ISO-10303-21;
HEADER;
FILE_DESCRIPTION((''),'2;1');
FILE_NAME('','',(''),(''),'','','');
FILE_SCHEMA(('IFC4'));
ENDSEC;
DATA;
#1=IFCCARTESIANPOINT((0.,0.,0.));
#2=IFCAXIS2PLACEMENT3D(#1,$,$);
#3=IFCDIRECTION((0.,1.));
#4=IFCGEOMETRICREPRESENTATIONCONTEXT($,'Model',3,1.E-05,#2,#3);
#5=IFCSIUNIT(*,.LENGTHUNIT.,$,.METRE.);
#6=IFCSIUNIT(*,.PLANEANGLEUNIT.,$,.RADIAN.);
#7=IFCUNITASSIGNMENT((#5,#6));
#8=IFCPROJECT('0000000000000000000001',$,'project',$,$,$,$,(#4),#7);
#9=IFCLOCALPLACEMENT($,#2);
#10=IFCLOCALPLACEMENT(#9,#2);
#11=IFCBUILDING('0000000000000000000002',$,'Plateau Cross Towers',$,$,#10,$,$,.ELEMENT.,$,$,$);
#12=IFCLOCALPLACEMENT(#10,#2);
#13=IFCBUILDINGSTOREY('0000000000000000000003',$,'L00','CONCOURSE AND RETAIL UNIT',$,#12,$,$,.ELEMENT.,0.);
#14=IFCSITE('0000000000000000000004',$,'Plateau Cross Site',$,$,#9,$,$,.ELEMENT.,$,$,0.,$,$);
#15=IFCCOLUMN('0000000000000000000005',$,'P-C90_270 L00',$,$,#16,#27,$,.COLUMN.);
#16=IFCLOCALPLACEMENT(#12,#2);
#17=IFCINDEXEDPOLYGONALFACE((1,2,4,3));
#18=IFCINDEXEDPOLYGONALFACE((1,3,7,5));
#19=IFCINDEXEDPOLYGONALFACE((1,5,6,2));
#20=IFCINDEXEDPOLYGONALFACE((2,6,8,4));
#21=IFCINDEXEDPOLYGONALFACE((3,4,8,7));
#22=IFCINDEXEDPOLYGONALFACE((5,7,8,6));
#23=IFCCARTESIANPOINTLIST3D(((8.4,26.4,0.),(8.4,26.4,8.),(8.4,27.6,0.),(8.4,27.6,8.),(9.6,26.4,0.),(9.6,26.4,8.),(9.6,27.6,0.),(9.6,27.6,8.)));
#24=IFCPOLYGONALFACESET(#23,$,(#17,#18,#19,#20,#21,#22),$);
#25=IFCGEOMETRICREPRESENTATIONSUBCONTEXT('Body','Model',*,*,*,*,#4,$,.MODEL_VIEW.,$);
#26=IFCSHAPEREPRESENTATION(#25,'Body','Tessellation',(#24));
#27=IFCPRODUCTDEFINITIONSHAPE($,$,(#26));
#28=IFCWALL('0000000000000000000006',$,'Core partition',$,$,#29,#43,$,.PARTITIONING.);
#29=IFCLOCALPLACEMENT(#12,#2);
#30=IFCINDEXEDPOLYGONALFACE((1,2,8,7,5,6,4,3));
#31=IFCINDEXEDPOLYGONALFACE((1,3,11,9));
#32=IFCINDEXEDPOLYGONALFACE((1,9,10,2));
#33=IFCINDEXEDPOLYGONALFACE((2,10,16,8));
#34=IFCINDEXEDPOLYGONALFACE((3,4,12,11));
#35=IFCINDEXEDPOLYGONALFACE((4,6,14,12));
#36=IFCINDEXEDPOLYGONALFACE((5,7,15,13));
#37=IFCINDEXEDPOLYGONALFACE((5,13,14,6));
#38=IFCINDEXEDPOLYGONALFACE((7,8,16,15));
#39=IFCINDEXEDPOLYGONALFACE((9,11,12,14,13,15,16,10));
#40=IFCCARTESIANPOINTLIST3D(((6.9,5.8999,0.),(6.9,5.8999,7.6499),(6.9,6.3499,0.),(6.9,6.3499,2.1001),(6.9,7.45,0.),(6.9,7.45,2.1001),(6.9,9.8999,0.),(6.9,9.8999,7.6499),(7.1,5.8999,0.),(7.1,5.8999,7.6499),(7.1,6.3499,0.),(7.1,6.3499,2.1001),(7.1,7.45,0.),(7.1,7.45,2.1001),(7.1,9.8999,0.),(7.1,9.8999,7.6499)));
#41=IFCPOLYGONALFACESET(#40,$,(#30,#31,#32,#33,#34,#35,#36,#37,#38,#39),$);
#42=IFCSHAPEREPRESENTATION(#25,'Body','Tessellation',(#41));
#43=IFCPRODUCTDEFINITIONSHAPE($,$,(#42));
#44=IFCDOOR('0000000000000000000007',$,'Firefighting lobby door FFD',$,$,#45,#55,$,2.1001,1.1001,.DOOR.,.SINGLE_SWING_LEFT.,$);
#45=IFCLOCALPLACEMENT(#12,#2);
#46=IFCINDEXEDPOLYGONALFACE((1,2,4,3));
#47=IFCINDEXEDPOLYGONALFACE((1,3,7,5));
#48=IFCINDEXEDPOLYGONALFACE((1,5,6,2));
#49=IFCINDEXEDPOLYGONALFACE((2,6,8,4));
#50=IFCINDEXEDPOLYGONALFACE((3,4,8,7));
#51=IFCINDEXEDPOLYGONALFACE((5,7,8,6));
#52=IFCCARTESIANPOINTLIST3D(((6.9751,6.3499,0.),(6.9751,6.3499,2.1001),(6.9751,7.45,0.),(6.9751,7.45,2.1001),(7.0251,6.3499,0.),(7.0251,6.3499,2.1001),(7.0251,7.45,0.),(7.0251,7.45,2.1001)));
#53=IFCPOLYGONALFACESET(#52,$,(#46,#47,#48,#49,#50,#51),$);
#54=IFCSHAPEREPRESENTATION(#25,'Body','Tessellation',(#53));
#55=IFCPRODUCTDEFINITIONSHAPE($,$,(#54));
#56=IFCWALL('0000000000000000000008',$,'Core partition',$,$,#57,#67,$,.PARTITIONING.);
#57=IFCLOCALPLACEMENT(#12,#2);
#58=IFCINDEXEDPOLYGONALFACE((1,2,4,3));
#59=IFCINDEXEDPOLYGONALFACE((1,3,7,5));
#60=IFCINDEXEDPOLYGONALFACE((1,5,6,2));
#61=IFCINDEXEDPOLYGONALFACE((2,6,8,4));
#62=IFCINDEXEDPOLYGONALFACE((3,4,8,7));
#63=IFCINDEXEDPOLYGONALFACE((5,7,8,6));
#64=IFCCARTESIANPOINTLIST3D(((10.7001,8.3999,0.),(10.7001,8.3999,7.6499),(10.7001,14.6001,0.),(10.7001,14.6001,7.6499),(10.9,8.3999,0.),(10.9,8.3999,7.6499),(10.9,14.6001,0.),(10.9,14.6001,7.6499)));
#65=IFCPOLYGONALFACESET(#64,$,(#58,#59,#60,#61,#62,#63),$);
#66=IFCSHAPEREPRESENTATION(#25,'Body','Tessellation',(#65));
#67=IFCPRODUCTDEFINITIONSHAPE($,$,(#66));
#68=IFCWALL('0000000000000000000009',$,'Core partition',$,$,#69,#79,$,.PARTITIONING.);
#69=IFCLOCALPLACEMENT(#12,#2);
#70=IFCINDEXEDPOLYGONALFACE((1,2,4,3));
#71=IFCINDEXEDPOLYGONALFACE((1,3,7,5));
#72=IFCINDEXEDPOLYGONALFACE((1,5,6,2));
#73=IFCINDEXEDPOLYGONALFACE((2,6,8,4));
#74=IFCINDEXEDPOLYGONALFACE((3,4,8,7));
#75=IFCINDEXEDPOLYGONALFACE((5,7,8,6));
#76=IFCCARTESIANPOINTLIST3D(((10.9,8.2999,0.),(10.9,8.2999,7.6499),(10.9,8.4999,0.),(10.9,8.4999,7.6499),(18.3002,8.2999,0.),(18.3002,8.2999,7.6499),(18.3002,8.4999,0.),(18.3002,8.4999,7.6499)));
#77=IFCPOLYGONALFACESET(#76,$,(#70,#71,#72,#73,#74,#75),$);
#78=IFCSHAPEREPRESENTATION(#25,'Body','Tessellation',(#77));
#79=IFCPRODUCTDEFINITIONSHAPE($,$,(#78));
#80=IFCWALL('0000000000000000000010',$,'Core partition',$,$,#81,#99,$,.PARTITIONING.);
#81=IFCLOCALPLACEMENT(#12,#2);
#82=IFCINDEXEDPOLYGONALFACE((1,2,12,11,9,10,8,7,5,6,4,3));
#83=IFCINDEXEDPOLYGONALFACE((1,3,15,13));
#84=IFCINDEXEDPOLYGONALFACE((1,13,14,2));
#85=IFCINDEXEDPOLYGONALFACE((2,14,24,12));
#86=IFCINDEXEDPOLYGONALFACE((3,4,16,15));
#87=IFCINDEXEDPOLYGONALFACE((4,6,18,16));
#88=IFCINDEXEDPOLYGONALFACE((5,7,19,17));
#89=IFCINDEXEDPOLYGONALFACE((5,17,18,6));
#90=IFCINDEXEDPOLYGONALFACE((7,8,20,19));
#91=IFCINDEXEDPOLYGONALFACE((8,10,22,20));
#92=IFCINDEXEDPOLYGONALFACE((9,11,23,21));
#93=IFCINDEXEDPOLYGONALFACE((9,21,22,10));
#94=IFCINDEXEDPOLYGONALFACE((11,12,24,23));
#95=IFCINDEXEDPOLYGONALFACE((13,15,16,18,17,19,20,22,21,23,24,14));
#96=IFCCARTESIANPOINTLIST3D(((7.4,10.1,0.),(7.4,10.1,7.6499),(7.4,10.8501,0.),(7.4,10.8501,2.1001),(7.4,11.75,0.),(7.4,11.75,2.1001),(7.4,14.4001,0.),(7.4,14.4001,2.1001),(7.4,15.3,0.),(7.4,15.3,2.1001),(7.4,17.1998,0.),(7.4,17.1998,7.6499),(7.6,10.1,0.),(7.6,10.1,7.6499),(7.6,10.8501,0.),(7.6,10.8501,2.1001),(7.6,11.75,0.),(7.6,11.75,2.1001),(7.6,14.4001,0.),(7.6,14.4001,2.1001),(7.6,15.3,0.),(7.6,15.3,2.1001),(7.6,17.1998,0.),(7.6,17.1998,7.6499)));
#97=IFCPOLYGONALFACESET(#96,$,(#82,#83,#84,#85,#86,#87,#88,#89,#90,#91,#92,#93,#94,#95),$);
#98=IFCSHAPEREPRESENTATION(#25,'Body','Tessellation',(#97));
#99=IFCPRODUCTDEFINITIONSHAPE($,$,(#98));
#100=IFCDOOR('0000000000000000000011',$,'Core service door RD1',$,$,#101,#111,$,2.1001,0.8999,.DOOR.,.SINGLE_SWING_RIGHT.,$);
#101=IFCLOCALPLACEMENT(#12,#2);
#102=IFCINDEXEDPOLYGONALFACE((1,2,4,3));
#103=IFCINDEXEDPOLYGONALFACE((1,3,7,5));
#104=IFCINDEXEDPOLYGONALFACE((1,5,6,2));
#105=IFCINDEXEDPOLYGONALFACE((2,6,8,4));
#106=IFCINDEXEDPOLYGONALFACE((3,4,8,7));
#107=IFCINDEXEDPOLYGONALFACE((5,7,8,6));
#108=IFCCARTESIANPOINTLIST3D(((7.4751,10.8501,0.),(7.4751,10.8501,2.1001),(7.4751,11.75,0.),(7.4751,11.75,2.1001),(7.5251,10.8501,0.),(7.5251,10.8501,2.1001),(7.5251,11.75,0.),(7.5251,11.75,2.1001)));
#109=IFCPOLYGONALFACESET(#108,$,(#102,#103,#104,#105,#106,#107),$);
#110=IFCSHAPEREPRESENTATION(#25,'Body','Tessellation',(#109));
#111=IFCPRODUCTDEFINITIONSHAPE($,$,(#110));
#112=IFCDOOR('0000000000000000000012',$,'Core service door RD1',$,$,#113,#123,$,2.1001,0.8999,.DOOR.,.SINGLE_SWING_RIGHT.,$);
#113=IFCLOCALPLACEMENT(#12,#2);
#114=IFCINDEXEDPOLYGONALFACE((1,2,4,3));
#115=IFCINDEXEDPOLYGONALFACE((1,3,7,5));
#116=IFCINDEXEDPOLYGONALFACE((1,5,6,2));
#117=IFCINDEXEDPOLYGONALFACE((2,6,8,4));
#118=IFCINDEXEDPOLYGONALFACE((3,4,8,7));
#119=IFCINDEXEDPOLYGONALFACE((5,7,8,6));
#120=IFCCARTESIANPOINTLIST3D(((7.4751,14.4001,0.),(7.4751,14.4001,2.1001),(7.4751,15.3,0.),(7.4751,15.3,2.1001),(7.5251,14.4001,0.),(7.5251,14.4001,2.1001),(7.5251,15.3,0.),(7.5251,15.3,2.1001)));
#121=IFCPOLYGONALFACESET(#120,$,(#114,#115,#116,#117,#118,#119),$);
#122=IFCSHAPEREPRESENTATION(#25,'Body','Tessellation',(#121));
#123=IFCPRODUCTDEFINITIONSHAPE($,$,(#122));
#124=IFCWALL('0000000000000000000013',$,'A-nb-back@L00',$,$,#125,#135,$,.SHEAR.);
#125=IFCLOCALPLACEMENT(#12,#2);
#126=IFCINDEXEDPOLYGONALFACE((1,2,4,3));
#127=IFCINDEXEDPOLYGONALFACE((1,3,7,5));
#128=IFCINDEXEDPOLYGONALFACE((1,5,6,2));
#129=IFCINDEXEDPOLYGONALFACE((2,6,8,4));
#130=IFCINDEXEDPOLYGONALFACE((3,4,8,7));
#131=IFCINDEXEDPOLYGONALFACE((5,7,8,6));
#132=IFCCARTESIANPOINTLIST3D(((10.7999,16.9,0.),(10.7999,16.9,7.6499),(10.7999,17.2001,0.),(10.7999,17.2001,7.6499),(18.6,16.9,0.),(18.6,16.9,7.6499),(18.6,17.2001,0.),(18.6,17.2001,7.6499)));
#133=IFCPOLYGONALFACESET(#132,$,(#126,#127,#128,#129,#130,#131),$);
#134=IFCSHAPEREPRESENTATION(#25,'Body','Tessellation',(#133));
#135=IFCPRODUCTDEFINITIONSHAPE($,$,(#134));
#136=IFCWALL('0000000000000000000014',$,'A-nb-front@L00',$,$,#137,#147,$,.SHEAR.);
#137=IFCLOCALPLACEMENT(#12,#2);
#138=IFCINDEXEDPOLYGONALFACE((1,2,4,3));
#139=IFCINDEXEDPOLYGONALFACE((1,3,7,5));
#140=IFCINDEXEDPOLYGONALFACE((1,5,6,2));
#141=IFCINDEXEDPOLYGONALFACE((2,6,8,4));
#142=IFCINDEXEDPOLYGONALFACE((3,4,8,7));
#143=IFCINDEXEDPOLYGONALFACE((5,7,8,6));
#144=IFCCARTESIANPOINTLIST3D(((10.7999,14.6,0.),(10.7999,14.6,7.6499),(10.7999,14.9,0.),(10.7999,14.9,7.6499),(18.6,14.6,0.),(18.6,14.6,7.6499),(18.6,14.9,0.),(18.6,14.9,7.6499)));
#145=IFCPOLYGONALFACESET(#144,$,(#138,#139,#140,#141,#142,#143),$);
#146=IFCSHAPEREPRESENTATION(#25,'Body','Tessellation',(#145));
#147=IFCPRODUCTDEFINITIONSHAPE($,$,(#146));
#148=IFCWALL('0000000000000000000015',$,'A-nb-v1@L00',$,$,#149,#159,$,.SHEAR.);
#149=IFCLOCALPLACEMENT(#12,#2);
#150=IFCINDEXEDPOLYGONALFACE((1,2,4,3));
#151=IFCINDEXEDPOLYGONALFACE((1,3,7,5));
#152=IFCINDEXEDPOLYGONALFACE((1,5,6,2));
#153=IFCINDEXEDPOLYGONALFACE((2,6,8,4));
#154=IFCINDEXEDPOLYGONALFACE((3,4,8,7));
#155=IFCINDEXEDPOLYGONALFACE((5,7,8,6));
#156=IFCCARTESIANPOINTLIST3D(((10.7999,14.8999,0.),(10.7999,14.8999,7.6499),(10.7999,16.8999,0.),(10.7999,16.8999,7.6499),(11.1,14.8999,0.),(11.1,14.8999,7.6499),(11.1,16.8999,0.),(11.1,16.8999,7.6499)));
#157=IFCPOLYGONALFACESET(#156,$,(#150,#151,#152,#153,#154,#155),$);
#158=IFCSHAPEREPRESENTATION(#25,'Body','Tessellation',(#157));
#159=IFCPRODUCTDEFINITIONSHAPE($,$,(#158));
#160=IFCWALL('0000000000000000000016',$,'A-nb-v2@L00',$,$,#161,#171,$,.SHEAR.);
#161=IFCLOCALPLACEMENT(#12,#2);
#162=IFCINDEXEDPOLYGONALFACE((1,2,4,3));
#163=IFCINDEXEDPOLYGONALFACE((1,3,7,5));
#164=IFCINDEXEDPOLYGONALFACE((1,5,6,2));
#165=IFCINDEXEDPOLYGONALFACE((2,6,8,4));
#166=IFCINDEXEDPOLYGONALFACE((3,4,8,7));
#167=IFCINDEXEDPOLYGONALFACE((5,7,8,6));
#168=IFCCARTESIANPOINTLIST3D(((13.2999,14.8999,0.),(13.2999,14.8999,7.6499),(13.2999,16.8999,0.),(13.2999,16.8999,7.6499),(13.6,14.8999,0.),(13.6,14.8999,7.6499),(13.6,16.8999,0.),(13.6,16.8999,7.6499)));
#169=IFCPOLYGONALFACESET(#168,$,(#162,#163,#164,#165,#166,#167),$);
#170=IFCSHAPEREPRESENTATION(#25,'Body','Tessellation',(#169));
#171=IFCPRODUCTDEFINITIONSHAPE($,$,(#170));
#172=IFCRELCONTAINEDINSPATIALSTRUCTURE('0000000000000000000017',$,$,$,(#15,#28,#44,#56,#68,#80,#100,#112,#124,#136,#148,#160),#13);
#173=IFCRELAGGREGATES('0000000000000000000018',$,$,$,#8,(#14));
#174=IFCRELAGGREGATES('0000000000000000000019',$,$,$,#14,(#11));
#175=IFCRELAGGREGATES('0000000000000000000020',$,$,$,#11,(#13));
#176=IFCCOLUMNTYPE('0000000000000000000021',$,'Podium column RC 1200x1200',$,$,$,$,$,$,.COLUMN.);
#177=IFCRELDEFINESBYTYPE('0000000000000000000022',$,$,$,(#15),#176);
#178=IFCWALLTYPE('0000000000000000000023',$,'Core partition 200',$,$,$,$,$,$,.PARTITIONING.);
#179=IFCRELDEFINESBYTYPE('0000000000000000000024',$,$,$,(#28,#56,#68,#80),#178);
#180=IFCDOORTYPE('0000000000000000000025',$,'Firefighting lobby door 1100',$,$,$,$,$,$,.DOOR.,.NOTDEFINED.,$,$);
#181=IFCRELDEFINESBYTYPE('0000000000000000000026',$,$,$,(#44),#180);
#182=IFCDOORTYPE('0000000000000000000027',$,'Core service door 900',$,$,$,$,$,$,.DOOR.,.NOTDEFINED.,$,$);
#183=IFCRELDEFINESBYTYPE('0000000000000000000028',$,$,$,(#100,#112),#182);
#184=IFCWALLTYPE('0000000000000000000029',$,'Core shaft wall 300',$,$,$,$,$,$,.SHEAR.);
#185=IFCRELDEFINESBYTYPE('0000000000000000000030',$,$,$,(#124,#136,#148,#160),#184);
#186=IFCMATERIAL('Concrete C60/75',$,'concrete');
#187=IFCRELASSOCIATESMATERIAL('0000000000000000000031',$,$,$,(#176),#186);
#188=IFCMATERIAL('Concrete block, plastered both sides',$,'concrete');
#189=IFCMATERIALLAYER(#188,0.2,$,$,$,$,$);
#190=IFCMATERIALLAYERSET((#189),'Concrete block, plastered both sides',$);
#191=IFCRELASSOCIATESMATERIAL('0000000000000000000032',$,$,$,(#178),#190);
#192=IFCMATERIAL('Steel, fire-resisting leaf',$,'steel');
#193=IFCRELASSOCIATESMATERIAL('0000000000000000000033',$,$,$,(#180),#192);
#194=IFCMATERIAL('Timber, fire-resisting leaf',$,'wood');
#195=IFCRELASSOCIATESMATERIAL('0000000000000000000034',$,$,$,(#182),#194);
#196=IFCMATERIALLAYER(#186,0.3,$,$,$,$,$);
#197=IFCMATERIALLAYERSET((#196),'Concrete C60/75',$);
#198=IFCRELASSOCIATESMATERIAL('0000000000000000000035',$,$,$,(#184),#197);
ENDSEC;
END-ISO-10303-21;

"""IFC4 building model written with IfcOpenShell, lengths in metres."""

from ifc_helpers import new_model, si_unit, direction, frame, frame_2d, origin, origin_2d, place, context, subcontext, project, spatial, rectangle, extrude, material, layer, layer_set, material_profile, profile_set, type_object, element, fill, save


model = new_model("IFC4")

# Units and contexts
model_context = context("Model", 3, precision=1e-05, world=origin(), true_north=direction((0.0, 1.0)))
body_context = subcontext(model_context, "Body", "Model", "MODEL_VIEW")
ifc_project = project(units=[si_unit("LENGTHUNIT", "METRE"), si_unit("PLANEANGLEUNIT", "RADIAN")], contexts=[model_context])

# Site, building, storey
site_placement = place(None, origin())
site = spatial("IfcSite", under=ifc_project, at=site_placement, Name="Plateau Cross Site", CompositionType="ELEMENT", RefElevation=0.0)
building_placement = place(site_placement, origin())
building = spatial("IfcBuilding", under=site, at=building_placement, Name="Plateau Cross Towers", CompositionType="ELEMENT")
storey_placement = place(building_placement, origin())
storey = spatial("IfcBuildingStorey", under=building, at=storey_placement, Name="L00", Description="CONCOURSE AND RETAIL UNIT", CompositionType="ELEMENT", Elevation=0.0)

# Column
ifc_material_1 = material(Name="Concrete C60/75", Category="concrete")
ifc_material_profile = material_profile(ifc_material_1, rectangle(XDim=1.2, YDim=1.2, at=origin_2d()), Name="RC 1200x1200")
ifc_profile_set = profile_set([ifc_material_profile], Name="Concrete C60/75")
column_type = type_object("IfcColumnType", Name="Podium column RC 1200x1200", PredefinedType="COLUMN", material=ifc_profile_set)
column_placement = place(storey_placement, frame((9.0, 27.0, 0.0), z_axis=(0.0, 0.0, 1.0), x_axis=(1.0, 0.0, 0.0)))
element("IfcColumn", 1, at=column_placement, inside=storey, type_object=column_type, Name="P-C90_270 L00", PredefinedType="COLUMN", context=body_context, shape_type="SweptSolid", body=[
    extrude(rectangle(XDim=1.2, YDim=1.2, at=origin_2d()), origin(), (0.0, 0.0, 1.0), 8.0),
])

# Wall, opening, door
ifc_material_2 = material(Name="Concrete block, plastered both sides", Category="concrete")
ifc_layer_1 = layer(ifc_material_2, 0.2)
ifc_layer_set_1 = layer_set([ifc_layer_1], Name="Concrete block, plastered both sides")
wall_type_1 = type_object("IfcWallType", Name="Core partition 200", PredefinedType="PARTITIONING", material=ifc_layer_set_1)
wall_1_placement = place(storey_placement, frame((7.0, 5.8999, 0.0), z_axis=(0.0, 0.0, 1.0), x_axis=(0.0, 1.0, 0.0)))
wall_1 = element("IfcWall", 2, at=wall_1_placement, inside=storey, type_object=wall_type_1, Name="Core partition", PredefinedType="PARTITIONING", context=body_context, shape_type="SweptSolid", body=[
    extrude(rectangle(XDim=4.0, YDim=0.2, at=frame_2d((2.0, 0.0))), origin(), (0.0, 0.0, 1.0), 7.6499),
])
opening_1_placement = place(wall_1_placement, frame((0.45, 0.0, 0.0)))
opening_1 = element("IfcOpeningElement", 3, at=opening_1_placement, cuts=wall_1, PredefinedType="OPENING", context=body_context, shape_type="SweptSolid", body=[
    extrude(rectangle(XDim=1.1001, YDim=2.1001, at=frame_2d((0.55, 1.05))), frame((0.0, 0.1099, 0.0), z_axis=(0.0, -1.0, 0.0), x_axis=(1.0, 0.0, 0.0)), (0.0, 0.0, 1.0), 0.22),
])
ifc_material_3 = material(Name="Steel, fire-resisting leaf", Category="steel")
door_type_1 = type_object("IfcDoorType", Name="Firefighting lobby door 1100", OperationType="NOTDEFINED", PredefinedType="DOOR", material=ifc_material_3)
door_1_placement = place(opening_1_placement, origin())
door_1 = element("IfcDoor", 4, at=door_1_placement, inside=storey, type_object=door_type_1, Name="Firefighting lobby door FFD", OperationType="SINGLE_SWING_LEFT", OverallHeight=2.1001, OverallWidth=1.1001, PredefinedType="DOOR", context=body_context, shape_type="SweptSolid", body=[
    extrude(rectangle(XDim=1.1001, YDim=2.1001, at=frame_2d((0.55, 1.05))), frame((0.0, 0.0249, 0.0), z_axis=(0.0, -1.0, 0.0), x_axis=(1.0, 0.0, 0.0)), (0.0, 0.0, 1.0), 0.05),
])
fill(opening_1, door_1)

# Walls
wall_2_placement = place(storey_placement, frame((10.8, 8.3999, 0.0), z_axis=(0.0, 0.0, 1.0), x_axis=(0.0, 1.0, 0.0)))
element("IfcWall", 5, at=wall_2_placement, inside=storey, type_object=wall_type_1, Name="Core partition", PredefinedType="PARTITIONING", context=body_context, shape_type="SweptSolid", body=[
    extrude(rectangle(XDim=6.2002, YDim=0.2, at=frame_2d((3.1001, 0.0))), origin(), (0.0, 0.0, 1.0), 7.6499),
])
wall_3_placement = place(storey_placement, frame((10.8999, 8.3999, 0.0), z_axis=(0.0, 0.0, 1.0), x_axis=(1.0, 0.0, 0.0)))
element("IfcWall", 6, at=wall_3_placement, inside=storey, type_object=wall_type_1, Name="Core partition", PredefinedType="PARTITIONING", context=body_context, shape_type="SweptSolid", body=[
    extrude(rectangle(XDim=7.4001, YDim=0.2, at=frame_2d((3.7002, 0.0))), origin(), (0.0, 0.0, 1.0), 7.6499),
])

# Wall, openings, doors
wall_4_placement = place(storey_placement, frame((7.5, 10.1001, 0.0), z_axis=(0.0, 0.0, 1.0), x_axis=(0.0, 1.0, 0.0)))
wall_4 = element("IfcWall", 7, at=wall_4_placement, inside=storey, type_object=wall_type_1, Name="Core partition", PredefinedType="PARTITIONING", context=body_context, shape_type="SweptSolid", body=[
    extrude(rectangle(XDim=7.0999, YDim=0.2, at=frame_2d((3.5498, 0.0))), origin(), (0.0, 0.0, 1.0), 7.6499),
])
opening_2_placement = place(wall_4_placement, frame((0.75, 0.0, 0.0)))
opening_2 = element("IfcOpeningElement", 8, at=opening_2_placement, cuts=wall_4, PredefinedType="OPENING", context=body_context, shape_type="SweptSolid", body=[
    extrude(rectangle(XDim=0.8999, YDim=2.1001, at=frame_2d((0.45, 1.05))), frame((0.0, 0.1099, 0.0), z_axis=(0.0, -1.0, 0.0), x_axis=(1.0, 0.0, 0.0)), (0.0, 0.0, 1.0), 0.22),
])
opening_3_placement = place(wall_4_placement, frame((4.3, 0.0, 0.0)))
opening_3 = element("IfcOpeningElement", 9, at=opening_3_placement, cuts=wall_4, PredefinedType="OPENING", context=body_context, shape_type="SweptSolid", body=[
    extrude(rectangle(XDim=0.8999, YDim=2.1001, at=frame_2d((0.45, 1.05))), frame((0.0, 0.1099, 0.0), z_axis=(0.0, -1.0, 0.0), x_axis=(1.0, 0.0, 0.0)), (0.0, 0.0, 1.0), 0.22),
])
ifc_material_4 = material(Name="Timber, fire-resisting leaf", Category="wood")
door_type_2 = type_object("IfcDoorType", Name="Core service door 900", OperationType="NOTDEFINED", PredefinedType="DOOR", material=ifc_material_4)
door_2_placement = place(opening_2_placement, origin())
door_2 = element("IfcDoor", 10, at=door_2_placement, inside=storey, type_object=door_type_2, Name="Core service door RD1", OperationType="SINGLE_SWING_RIGHT", OverallHeight=2.1001, OverallWidth=0.8999, PredefinedType="DOOR", context=body_context, shape_type="SweptSolid", body=[
    extrude(rectangle(XDim=0.8999, YDim=2.1001, at=frame_2d((0.45, 1.05))), frame((0.0, 0.0249, 0.0), z_axis=(0.0, -1.0, 0.0), x_axis=(1.0, 0.0, 0.0)), (0.0, 0.0, 1.0), 0.05),
])
fill(opening_2, door_2)
door_3_placement = place(opening_3_placement, origin())
door_3 = element("IfcDoor", 11, at=door_3_placement, inside=storey, type_object=door_type_2, Name="Core service door RD1", OperationType="SINGLE_SWING_RIGHT", OverallHeight=2.1001, OverallWidth=0.8999, PredefinedType="DOOR", context=body_context, shape_type="SweptSolid", body=[
    extrude(rectangle(XDim=0.8999, YDim=2.1001, at=frame_2d((0.45, 1.05))), frame((0.0, 0.0249, 0.0), z_axis=(0.0, -1.0, 0.0), x_axis=(1.0, 0.0, 0.0)), (0.0, 0.0, 1.0), 0.05),
])
fill(opening_3, door_3)

# Walls
ifc_layer_2 = layer(ifc_material_1, 0.3)
ifc_layer_set_2 = layer_set([ifc_layer_2], Name="Concrete C60/75")
wall_type_2 = type_object("IfcWallType", Name="Core shaft wall 300", PredefinedType="SHEAR", material=ifc_layer_set_2)
for number, where, z_axis, x_axis, name in (
    (12, (10.8, 17.05, 0.0), (0.0, 0.0, 1.0), (1.0, 0.0, 0.0), "A-nb-back@L00"),
    (13, (10.8, 14.75, 0.0), (0.0, 0.0, 1.0), (1.0, 0.0, 0.0), "A-nb-front@L00"),
):
    element("IfcWall", number, at=place(storey_placement, frame(where, z_axis=z_axis, x_axis=x_axis)), inside=storey, type_object=wall_type_2, Name=name, PredefinedType="SHEAR", context=body_context, shape_type="SweptSolid", body=[
        extrude(rectangle(XDim=7.8, YDim=0.3, at=frame_2d((3.8999, 0.0))), origin(), (0.0, 0.0, 1.0), 7.6499),
    ])
for number, where, z_axis, x_axis, name in (
    (14, (10.95, 14.8999, 0.0), (0.0, 0.0, 1.0), (0.0, 1.0, 0.0), "A-nb-v1@L00"),
    (15, (13.45, 14.8999, 0.0), (0.0, 0.0, 1.0), (0.0, 1.0, 0.0), "A-nb-v2@L00"),
):
    element("IfcWall", number, at=place(storey_placement, frame(where, z_axis=z_axis, x_axis=x_axis)), inside=storey, type_object=wall_type_2, Name=name, PredefinedType="SHEAR", context=body_context, shape_type="SweptSolid", body=[
        extrude(rectangle(XDim=2.0, YDim=0.3, at=frame_2d((1.0, 0.0))), origin(), (0.0, 0.0, 1.0), 7.6499),
    ])

save(model, "model.ifc")
